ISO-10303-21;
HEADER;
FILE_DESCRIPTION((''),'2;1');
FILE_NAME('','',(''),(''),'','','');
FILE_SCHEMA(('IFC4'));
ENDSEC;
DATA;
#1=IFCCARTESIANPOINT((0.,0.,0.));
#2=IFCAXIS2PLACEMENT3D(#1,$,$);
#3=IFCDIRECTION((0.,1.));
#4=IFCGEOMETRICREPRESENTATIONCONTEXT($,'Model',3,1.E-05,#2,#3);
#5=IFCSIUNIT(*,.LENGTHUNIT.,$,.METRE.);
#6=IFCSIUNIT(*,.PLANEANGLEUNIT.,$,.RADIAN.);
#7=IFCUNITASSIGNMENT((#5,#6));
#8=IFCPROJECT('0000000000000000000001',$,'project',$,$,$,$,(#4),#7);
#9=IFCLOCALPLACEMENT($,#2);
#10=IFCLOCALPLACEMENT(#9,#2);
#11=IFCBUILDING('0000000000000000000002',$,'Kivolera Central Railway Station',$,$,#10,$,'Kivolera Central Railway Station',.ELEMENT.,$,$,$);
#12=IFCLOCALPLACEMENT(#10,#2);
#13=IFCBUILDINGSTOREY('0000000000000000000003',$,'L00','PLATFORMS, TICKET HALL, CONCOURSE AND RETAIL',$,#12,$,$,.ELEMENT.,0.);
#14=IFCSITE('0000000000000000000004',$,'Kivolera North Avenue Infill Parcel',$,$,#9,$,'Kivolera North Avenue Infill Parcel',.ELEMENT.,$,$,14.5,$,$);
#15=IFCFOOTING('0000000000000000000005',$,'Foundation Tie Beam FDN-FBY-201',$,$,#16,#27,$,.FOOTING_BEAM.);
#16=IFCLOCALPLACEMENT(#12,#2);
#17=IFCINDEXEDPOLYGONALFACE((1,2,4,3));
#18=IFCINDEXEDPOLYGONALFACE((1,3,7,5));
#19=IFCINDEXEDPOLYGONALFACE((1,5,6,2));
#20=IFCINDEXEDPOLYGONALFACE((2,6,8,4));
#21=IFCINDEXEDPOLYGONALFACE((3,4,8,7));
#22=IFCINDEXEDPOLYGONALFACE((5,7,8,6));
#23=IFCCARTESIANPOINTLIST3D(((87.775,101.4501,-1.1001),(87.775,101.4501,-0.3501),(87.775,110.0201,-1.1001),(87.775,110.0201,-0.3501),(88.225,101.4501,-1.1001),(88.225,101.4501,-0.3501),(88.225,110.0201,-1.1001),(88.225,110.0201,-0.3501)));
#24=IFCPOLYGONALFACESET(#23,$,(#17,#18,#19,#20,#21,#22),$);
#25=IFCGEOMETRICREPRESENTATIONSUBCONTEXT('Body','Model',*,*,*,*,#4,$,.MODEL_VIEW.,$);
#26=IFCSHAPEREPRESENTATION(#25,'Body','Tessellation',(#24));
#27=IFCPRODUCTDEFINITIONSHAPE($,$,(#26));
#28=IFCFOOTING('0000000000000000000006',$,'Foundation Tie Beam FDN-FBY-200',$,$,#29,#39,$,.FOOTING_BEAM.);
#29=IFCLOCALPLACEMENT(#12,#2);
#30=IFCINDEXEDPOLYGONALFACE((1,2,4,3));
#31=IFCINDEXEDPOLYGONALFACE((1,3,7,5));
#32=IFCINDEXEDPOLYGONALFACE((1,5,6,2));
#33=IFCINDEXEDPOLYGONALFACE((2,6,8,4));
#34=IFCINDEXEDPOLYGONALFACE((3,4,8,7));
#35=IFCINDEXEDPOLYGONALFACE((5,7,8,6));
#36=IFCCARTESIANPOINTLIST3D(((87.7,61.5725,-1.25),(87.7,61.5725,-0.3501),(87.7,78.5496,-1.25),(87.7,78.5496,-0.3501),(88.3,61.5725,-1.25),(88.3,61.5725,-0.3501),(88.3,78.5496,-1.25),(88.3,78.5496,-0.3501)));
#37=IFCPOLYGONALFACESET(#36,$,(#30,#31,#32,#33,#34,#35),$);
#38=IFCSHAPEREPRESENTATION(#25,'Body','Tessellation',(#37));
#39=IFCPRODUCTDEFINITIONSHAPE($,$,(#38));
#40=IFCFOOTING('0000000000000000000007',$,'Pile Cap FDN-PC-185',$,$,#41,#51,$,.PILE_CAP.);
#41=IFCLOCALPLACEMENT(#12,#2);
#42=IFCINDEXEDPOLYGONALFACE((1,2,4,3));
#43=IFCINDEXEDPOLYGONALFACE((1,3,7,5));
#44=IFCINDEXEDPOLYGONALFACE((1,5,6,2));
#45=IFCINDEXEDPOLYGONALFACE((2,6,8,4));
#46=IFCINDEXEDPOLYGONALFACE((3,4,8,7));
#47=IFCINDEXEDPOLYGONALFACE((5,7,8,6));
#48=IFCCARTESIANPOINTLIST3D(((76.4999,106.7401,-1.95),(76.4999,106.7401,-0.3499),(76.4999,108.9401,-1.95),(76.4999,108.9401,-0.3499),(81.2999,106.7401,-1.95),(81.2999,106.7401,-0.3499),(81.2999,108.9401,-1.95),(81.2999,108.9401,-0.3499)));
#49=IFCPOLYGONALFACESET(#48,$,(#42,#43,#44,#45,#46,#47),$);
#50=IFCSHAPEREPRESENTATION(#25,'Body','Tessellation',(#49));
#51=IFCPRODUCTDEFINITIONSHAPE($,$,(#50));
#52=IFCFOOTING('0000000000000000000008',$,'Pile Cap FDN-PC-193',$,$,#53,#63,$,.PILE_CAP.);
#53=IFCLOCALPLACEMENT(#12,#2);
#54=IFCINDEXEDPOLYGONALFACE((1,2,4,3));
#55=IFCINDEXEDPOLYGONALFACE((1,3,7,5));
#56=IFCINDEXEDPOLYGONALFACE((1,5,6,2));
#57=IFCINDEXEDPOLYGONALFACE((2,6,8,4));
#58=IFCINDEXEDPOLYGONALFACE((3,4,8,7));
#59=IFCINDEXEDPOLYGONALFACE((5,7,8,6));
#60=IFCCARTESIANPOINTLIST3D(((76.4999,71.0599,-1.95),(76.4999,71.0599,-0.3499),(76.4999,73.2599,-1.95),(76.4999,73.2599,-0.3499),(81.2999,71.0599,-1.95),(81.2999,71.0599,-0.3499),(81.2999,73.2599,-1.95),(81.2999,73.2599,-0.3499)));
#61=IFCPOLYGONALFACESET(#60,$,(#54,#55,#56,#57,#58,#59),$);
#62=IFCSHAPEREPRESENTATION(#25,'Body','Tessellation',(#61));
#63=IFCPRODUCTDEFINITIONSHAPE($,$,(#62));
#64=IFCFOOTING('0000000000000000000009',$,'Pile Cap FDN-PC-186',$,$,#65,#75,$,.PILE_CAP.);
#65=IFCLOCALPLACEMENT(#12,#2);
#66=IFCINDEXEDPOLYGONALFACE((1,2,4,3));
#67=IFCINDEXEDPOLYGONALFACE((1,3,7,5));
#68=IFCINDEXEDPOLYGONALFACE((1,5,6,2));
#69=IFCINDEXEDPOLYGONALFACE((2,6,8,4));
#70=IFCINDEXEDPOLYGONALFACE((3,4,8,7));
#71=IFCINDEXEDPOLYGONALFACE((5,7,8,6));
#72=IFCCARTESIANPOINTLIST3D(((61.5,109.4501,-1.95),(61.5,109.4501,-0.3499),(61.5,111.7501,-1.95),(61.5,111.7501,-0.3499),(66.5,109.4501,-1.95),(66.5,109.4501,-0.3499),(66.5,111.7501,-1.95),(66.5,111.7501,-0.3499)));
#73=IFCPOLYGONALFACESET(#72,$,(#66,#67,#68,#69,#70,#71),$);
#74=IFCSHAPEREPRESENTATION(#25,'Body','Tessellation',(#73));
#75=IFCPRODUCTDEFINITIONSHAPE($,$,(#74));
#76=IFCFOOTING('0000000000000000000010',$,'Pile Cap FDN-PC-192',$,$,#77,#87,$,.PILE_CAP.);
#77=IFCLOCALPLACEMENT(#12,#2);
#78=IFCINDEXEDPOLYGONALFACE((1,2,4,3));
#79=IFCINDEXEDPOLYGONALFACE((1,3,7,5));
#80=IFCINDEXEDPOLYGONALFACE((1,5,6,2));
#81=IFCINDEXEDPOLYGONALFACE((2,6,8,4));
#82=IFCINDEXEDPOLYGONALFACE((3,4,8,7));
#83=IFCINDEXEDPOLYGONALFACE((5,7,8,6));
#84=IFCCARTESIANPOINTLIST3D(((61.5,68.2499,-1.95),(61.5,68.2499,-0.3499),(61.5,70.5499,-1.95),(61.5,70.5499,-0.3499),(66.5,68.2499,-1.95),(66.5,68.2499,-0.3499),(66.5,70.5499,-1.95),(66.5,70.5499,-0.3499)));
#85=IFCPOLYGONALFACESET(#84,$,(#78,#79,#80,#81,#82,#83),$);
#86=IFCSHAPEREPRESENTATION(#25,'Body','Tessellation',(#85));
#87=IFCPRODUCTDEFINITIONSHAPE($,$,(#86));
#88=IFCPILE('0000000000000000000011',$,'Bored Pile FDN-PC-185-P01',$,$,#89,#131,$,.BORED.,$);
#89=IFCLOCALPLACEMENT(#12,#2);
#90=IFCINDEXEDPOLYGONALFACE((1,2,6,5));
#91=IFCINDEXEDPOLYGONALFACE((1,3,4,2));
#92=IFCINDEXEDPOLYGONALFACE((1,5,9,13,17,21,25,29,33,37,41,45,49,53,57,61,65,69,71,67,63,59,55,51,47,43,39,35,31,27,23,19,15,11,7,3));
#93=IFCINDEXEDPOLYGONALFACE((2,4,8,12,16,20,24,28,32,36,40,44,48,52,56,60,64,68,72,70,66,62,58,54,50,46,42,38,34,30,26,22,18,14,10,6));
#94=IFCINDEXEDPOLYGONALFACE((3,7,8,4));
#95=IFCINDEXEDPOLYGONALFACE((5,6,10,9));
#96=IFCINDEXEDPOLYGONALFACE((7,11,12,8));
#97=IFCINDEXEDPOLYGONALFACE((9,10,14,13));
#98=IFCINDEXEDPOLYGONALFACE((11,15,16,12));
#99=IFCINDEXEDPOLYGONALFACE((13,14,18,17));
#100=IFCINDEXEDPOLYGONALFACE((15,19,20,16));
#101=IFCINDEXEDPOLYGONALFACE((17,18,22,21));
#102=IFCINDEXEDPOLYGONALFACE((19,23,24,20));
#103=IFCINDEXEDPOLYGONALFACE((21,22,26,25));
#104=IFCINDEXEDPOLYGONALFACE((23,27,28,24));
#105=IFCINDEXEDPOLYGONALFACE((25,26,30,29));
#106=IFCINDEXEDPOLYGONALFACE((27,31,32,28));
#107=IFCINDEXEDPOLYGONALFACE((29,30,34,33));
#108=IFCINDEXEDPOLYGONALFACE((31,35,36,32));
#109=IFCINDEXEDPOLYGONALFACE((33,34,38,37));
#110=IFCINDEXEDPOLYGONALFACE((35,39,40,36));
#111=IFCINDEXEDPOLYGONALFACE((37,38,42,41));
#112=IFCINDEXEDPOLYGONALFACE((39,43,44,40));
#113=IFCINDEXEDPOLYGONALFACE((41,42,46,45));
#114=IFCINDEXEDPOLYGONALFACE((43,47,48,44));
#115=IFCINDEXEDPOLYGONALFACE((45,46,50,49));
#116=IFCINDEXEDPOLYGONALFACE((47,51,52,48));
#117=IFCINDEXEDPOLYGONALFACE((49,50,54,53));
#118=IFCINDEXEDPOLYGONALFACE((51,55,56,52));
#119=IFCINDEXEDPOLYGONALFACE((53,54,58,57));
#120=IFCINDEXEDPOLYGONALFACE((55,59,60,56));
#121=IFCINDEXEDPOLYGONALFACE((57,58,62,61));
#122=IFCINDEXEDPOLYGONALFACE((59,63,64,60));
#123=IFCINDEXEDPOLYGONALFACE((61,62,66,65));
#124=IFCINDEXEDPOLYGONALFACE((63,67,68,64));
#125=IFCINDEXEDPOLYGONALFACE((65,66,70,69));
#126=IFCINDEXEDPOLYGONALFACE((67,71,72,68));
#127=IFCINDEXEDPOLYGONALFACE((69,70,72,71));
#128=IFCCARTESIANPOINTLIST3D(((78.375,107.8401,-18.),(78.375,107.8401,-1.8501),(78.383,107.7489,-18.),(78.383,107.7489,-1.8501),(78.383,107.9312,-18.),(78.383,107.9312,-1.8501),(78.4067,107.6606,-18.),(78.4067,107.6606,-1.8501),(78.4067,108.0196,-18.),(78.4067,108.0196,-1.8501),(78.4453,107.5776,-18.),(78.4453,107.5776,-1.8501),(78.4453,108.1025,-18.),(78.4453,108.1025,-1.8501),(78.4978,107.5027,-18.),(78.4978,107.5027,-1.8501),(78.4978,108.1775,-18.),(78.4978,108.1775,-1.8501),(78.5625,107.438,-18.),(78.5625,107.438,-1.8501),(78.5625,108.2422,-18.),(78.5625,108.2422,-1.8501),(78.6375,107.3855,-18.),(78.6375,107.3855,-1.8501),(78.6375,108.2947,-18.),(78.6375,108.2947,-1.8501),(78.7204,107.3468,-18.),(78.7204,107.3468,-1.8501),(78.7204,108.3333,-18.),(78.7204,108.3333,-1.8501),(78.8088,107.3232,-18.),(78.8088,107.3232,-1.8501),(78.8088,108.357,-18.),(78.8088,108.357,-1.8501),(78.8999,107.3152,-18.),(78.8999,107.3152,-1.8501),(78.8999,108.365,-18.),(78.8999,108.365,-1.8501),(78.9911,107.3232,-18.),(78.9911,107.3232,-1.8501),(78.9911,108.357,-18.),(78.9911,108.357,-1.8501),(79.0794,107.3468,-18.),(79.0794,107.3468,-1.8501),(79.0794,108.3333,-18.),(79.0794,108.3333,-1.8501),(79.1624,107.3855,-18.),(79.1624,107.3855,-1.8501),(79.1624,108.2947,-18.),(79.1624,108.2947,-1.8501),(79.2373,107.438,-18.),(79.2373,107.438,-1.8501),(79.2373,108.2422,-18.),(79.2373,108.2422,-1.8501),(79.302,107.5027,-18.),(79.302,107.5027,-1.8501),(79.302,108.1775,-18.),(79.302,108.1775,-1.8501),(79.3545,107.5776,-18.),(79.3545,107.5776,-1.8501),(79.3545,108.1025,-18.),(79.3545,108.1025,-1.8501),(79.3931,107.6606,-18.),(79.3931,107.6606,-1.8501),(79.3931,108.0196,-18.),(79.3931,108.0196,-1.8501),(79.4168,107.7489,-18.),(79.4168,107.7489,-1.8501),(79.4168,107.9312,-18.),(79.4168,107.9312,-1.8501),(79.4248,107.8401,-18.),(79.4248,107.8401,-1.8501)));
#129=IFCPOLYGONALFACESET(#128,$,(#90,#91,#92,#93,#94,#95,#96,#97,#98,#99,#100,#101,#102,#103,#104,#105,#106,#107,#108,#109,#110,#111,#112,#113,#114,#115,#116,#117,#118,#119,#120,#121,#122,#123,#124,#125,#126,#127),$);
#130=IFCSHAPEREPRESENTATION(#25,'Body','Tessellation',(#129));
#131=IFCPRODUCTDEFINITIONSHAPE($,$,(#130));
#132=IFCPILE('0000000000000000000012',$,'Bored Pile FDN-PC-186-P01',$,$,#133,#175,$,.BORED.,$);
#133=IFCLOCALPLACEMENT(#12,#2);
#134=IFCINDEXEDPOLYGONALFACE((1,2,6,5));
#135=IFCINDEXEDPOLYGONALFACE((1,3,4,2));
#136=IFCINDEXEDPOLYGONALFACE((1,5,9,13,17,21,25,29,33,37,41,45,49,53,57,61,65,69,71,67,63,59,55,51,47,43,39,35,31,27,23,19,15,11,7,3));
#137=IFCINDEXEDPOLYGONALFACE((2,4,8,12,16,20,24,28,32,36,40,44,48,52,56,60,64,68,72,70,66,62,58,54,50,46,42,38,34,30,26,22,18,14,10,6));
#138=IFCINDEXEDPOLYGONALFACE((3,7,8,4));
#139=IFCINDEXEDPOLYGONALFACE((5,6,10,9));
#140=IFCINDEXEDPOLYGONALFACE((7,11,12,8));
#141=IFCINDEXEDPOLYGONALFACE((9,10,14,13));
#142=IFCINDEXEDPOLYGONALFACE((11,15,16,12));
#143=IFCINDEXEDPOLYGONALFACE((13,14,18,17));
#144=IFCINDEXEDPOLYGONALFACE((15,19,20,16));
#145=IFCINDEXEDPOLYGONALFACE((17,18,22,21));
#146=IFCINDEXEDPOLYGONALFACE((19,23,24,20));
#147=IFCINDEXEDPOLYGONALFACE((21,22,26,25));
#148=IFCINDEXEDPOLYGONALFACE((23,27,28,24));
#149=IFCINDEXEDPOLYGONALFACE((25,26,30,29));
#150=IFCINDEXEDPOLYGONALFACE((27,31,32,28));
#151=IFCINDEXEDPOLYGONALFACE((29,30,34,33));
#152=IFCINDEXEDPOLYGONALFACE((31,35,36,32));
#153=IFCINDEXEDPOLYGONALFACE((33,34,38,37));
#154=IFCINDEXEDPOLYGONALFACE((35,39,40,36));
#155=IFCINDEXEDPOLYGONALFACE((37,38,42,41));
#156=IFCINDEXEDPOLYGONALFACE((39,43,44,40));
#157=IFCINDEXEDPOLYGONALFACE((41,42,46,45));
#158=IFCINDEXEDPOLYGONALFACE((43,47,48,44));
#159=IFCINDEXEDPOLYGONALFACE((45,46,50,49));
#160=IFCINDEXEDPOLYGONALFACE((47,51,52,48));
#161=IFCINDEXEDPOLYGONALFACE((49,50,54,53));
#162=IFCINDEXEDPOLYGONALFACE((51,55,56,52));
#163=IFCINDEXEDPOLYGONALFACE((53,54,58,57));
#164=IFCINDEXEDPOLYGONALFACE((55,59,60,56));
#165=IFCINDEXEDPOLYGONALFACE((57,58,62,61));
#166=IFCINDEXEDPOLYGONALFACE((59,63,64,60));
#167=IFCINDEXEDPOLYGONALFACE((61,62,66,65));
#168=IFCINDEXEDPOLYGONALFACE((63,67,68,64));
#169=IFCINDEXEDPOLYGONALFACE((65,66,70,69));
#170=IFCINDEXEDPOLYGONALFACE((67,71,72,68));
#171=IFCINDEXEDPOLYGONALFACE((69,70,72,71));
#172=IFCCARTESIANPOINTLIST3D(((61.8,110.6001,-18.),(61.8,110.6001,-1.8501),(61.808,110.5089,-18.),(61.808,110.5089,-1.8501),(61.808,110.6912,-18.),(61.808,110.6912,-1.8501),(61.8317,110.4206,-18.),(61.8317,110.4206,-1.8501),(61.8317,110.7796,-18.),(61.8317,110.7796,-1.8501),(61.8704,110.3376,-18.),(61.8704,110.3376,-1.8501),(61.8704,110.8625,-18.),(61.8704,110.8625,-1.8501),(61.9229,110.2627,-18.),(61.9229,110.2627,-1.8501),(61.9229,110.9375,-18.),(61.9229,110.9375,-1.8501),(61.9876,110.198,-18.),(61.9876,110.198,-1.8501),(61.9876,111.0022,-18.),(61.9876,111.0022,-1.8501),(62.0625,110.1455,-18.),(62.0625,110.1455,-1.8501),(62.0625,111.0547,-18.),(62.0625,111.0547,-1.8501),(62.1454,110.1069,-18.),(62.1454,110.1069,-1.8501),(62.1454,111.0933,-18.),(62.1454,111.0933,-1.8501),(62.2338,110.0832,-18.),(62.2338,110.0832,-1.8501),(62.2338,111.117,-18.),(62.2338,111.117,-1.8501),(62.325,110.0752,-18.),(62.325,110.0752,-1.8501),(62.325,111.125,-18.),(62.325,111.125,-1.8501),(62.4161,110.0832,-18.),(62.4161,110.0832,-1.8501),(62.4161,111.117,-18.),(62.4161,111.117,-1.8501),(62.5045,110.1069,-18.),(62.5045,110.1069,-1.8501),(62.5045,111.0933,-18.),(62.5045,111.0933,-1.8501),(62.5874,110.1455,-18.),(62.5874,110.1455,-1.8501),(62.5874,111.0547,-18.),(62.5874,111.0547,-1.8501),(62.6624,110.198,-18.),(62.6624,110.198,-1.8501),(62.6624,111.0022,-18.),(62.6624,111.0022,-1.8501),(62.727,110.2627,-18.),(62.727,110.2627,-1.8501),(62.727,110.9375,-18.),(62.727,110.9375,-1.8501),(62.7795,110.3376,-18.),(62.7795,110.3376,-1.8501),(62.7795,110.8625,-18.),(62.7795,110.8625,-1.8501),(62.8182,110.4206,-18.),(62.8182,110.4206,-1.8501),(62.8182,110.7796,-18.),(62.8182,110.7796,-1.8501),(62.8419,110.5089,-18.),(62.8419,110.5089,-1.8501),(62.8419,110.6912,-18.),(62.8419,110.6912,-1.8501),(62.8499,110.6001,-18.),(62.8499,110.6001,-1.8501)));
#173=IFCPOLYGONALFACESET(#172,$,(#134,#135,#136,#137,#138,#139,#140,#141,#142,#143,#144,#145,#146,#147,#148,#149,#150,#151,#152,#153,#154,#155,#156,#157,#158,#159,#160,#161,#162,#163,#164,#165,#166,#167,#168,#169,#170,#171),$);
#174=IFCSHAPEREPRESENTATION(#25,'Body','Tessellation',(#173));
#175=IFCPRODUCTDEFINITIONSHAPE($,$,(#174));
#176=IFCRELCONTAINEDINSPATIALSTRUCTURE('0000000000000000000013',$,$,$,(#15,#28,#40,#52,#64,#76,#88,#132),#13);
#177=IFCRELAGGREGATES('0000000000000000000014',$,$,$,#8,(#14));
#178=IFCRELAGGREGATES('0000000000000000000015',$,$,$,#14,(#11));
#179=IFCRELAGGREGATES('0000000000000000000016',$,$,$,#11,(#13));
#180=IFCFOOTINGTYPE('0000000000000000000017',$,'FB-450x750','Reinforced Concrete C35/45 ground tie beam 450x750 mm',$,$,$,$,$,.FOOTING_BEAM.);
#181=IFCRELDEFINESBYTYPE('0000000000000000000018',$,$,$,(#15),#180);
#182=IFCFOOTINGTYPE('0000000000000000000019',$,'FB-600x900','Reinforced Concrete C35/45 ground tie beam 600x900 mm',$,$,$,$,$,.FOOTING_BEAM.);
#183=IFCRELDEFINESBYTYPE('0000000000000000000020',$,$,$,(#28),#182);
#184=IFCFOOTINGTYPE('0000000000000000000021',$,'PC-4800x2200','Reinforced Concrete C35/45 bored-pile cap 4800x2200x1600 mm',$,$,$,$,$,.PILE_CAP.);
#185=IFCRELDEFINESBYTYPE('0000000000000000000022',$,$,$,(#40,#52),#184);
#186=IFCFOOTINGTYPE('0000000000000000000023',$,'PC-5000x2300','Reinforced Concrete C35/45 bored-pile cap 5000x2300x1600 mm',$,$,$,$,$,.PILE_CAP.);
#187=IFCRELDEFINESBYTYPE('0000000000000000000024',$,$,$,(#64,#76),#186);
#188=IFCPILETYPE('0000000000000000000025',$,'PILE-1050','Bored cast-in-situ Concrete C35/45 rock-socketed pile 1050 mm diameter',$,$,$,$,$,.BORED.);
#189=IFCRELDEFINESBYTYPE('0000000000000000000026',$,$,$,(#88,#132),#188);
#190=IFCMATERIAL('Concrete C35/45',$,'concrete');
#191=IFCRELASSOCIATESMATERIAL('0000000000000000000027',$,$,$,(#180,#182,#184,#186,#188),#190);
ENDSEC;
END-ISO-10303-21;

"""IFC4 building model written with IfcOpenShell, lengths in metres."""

from ifc_helpers import new_model, si_unit, direction, frame, origin, origin_2d, place, context, subcontext, project, spatial, rectangle, circle, extrude, material, material_profile, profile_set, type_object, element, save


model = new_model("IFC4")

# Units and contexts
model_context = context("Model", 3, precision=1e-05, world=origin(), true_north=direction((0.0, 1.0)))
body_context = subcontext(model_context, "Body", "Model", "MODEL_VIEW")
ifc_project = project(units=[si_unit("LENGTHUNIT", "METRE"), si_unit("PLANEANGLEUNIT", "RADIAN")], contexts=[model_context])

# Site, building, storey
site_placement = place(None, origin())
site = spatial("IfcSite", under=ifc_project, at=site_placement, Name="Kivolera North Avenue Infill Parcel", LongName="Kivolera North Avenue Infill Parcel", CompositionType="ELEMENT", RefElevation=14.5)
building_placement = place(site_placement, origin())
building = spatial("IfcBuilding", under=site, at=building_placement, Name="Kivolera Central Railway Station", LongName="Kivolera Central Railway Station", CompositionType="ELEMENT")
storey_placement = place(building_placement, origin())
storey = spatial("IfcBuildingStorey", under=building, at=storey_placement, Name="L00", Description="PLATFORMS, TICKET HALL, CONCOURSE AND RETAIL", CompositionType="ELEMENT", Elevation=0.0)

# Footings
ifc_material_1 = material(Name="Concrete C35/45", Category="concrete")
footing_type_1 = type_object("IfcFootingType", Name="FB-450x750", Description="Reinforced Concrete C35/45 ground tie beam 450x750 mm", PredefinedType="FOOTING_BEAM", material=ifc_material_1)
footing_1_placement = place(storey_placement, frame((88.0, 105.7351, -1.1001), z_axis=(0.0, 0.0, 1.0), x_axis=(1.0, 0.0, 0.0)))
element("IfcFooting", 1, at=footing_1_placement, inside=storey, type_object=footing_type_1, Name="Foundation Tie Beam FDN-FBY-201", PredefinedType="FOOTING_BEAM", context=body_context, shape_type="SweptSolid", body=[
    extrude(rectangle(XDim=0.45, YDim=8.5701, at=origin_2d()), origin(), (0.0, 0.0, 1.0), 0.75),
])
footing_type_2 = type_object("IfcFootingType", Name="FB-600x900", Description="Reinforced Concrete C35/45 ground tie beam 600x900 mm", PredefinedType="FOOTING_BEAM", material=ifc_material_1)
footing_2_placement = place(storey_placement, frame((88.0, 70.061, -1.25), z_axis=(0.0, 0.0, 1.0), x_axis=(1.0, 0.0, 0.0)))
element("IfcFooting", 2, at=footing_2_placement, inside=storey, type_object=footing_type_2, Name="Foundation Tie Beam FDN-FBY-200", PredefinedType="FOOTING_BEAM", context=body_context, shape_type="SweptSolid", body=[
    extrude(rectangle(XDim=0.6001, YDim=16.9771, at=origin_2d()), origin(), (0.0, 0.0, 1.0), 0.8999),
])
footing_type_3 = type_object("IfcFootingType", Name="PC-4800x2200", Description="Reinforced Concrete C35/45 bored-pile cap 4800x2200x1600 mm", PredefinedType="PILE_CAP", material=ifc_material_1)
for number, where, z_axis, x_axis, name in (
    (3, (78.8999, 107.8401, -1.95), (0.0, 0.0, 1.0), (1.0, 0.0, 0.0), "Pile Cap FDN-PC-185"),
    (4, (78.8999, 72.1599, -1.95), (0.0, 0.0, 1.0), (1.0, 0.0, 0.0), "Pile Cap FDN-PC-193"),
):
    element("IfcFooting", number, at=place(storey_placement, frame(where, z_axis=z_axis, x_axis=x_axis)), inside=storey, type_object=footing_type_3, Name=name, PredefinedType="PILE_CAP", context=body_context, shape_type="SweptSolid", body=[
        extrude(rectangle(XDim=4.8, YDim=2.2, at=origin_2d()), origin(), (0.0, 0.0, 1.0), 1.6001),
    ])
footing_type_4 = type_object("IfcFootingType", Name="PC-5000x2300", Description="Reinforced Concrete C35/45 bored-pile cap 5000x2300x1600 mm", PredefinedType="PILE_CAP", material=ifc_material_1)
for number, where, z_axis, x_axis, name in (
    (5, (64.0, 110.6001, -1.95), (0.0, 0.0, 1.0), (1.0, 0.0, 0.0), "Pile Cap FDN-PC-186"),
    (6, (64.0, 69.3999, -1.95), (0.0, 0.0, 1.0), (1.0, 0.0, 0.0), "Pile Cap FDN-PC-192"),
):
    element("IfcFooting", number, at=place(storey_placement, frame(where, z_axis=z_axis, x_axis=x_axis)), inside=storey, type_object=footing_type_4, Name=name, PredefinedType="PILE_CAP", context=body_context, shape_type="SweptSolid", body=[
        extrude(rectangle(XDim=5.0, YDim=2.3, at=origin_2d()), origin(), (0.0, 0.0, 1.0), 1.6001),
    ])

# Piles
ifc_material_profile_1 = material_profile(ifc_material_1, circle(Radius=0.5249, at=origin_2d()), Name="PILE D1050")
ifc_profile_set_1 = profile_set([ifc_material_profile_1], Name="Concrete C35/45")
pile_type = type_object("IfcPileType", Name="PILE-1050", Description="Bored cast-in-situ Concrete C35/45 rock-socketed pile 1050 mm diameter", PredefinedType="BORED", material=ifc_profile_set_1)
for number, where, z_axis, x_axis, name in (
    (7, (78.8999, 107.8401, -1.8501), (0.0, 0.0, -1.0), (1.0, 0.0, 0.0), "Bored Pile FDN-PC-185-P01"),
    (8, (62.325, 110.6001, -1.8501), (0.0, 0.0, -1.0), (1.0, 0.0, 0.0), "Bored Pile FDN-PC-186-P01"),
):
    element("IfcPile", number, at=place(storey_placement, frame(where, z_axis=z_axis, x_axis=x_axis)), inside=storey, type_object=pile_type, Name=name, PredefinedType="BORED", context=body_context, shape_type="SweptSolid", body=[
        extrude(circle(Radius=0.5249, at=origin_2d()), origin(), (0.0, 0.0, 1.0), 16.1499),
    ])

save(model, "model.ifc")
